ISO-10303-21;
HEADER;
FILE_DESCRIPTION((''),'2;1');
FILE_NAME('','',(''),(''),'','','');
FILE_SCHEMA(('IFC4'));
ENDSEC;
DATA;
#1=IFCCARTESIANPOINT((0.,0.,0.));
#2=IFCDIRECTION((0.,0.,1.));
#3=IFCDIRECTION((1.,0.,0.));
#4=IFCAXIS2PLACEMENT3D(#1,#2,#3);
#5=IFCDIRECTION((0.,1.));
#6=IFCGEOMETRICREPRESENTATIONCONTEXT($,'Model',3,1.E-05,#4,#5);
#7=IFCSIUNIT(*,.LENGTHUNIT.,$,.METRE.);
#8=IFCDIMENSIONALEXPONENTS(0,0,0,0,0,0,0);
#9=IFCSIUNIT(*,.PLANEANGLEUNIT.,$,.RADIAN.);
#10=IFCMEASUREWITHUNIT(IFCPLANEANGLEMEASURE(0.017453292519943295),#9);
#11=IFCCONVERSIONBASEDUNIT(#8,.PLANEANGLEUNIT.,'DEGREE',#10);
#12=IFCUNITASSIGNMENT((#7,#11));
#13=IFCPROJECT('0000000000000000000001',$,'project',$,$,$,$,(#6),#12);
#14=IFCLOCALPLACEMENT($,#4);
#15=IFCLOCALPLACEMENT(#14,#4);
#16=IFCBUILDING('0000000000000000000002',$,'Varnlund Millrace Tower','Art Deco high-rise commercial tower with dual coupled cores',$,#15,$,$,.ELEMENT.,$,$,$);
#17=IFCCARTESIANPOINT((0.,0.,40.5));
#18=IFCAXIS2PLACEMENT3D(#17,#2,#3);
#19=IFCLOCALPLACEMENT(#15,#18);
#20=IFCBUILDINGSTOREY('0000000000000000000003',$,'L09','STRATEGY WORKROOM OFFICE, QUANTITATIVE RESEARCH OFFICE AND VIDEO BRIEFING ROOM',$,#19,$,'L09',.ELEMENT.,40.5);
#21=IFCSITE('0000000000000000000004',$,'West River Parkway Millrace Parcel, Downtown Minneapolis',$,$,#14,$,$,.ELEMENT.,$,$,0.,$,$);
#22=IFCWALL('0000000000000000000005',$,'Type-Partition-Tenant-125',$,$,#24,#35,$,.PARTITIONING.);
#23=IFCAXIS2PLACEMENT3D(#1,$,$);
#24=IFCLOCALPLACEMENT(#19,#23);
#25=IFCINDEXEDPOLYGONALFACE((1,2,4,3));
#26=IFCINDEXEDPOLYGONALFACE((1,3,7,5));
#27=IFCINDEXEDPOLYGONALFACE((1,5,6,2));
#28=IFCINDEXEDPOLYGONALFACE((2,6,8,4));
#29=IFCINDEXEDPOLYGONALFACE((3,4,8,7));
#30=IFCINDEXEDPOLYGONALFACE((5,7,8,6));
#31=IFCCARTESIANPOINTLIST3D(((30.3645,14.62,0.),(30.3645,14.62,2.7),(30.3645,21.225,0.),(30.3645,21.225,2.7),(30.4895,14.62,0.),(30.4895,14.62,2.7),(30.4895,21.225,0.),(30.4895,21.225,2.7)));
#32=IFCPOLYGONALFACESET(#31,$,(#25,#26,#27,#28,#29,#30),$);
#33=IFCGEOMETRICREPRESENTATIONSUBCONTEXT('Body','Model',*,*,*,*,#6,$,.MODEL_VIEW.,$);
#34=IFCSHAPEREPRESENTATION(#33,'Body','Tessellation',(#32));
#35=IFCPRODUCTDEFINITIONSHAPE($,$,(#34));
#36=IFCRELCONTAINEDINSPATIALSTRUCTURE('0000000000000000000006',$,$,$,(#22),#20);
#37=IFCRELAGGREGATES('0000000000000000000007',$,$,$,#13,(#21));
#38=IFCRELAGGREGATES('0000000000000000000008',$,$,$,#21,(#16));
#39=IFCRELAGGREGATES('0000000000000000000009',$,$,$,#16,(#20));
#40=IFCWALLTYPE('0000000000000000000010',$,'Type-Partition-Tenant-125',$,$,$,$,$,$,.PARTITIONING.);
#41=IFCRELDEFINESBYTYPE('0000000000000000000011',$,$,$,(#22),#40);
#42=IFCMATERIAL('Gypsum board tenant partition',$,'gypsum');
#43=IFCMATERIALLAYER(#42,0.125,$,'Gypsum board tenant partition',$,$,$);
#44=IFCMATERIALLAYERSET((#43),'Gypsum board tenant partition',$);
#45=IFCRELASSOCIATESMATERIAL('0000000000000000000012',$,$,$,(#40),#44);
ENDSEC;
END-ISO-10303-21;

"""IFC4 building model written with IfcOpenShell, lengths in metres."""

from ifc_helpers import new_model, entity, si_unit, converted_unit, direction, frame, origin_with_axes, place, context, subcontext, project, spatial, polyline, outline, extrude, material, layer, layer_set, type_object, element, save


model = new_model("IFC4")

# Units and contexts
model_context = context("Model", 3, precision=1e-05, world=origin_with_axes(), true_north=direction((0.0, 1.0)))
body_context = subcontext(model_context, "Body", "Model", "MODEL_VIEW")
ifc_project = project(units=[si_unit("LENGTHUNIT", "METRE"), converted_unit("PLANEANGLEUNIT", "DEGREE", entity("IfcPlaneAngleMeasure", 0.017453292519943295), si_unit("PLANEANGLEUNIT", "RADIAN"), dimensions=[0, 0, 0, 0, 0, 0, 0])], contexts=[model_context])

# Site, building, storey
site_placement = place(None, origin_with_axes())
site = spatial("IfcSite", under=ifc_project, at=site_placement, Name="West River Parkway Millrace Parcel, Downtown Minneapolis", CompositionType="ELEMENT", RefElevation=0.0)
building_placement = place(site_placement, origin_with_axes())
building = spatial("IfcBuilding", under=site, at=building_placement, Name="Varnlund Millrace Tower", Description="Art Deco high-rise commercial tower with dual coupled cores", CompositionType="ELEMENT")
storey_placement = place(building_placement, frame((0.0, 0.0, 40.5), z_axis=(0.0, 0.0, 1.0), x_axis=(1.0, 0.0, 0.0)))
storey = spatial("IfcBuildingStorey", under=building, at=storey_placement, Name="L09", Description="STRATEGY WORKROOM OFFICE, QUANTITATIVE RESEARCH OFFICE AND VIDEO BRIEFING ROOM", LongName="L09", CompositionType="ELEMENT", Elevation=40.5)

# Wall
ifc_material_1 = material(Name="Gypsum board tenant partition", Category="gypsum")
ifc_layer_1 = layer(ifc_material_1, 0.125, Name="Gypsum board tenant partition")
ifc_layer_set_1 = layer_set([ifc_layer_1], Name="Gypsum board tenant partition")
wall_type_1 = type_object("IfcWallType", Name="Type-Partition-Tenant-125", PredefinedType="PARTITIONING", material=ifc_layer_set_1)
wall_1_placement = place(storey_placement, frame((30.427, 14.62, 0.0), z_axis=(0.0, 0.0, 1.0), x_axis=(0.0, 1.0, 0.0)))
element("IfcWall", 1, at=wall_1_placement, inside=storey, type_object=wall_type_1, Name="Type-Partition-Tenant-125", PredefinedType="PARTITIONING", context=body_context, shape_type="SweptSolid", body=[
    extrude(outline(polyline([(0.0, -0.0625), (6.605, -0.0625), (6.605, 0.0625), (0.0, 0.0625), (0.0, -0.0625)])), origin_with_axes(), (0.0, 0.0, 1.0), 2.7),
])

save(model, "model.ifc")
